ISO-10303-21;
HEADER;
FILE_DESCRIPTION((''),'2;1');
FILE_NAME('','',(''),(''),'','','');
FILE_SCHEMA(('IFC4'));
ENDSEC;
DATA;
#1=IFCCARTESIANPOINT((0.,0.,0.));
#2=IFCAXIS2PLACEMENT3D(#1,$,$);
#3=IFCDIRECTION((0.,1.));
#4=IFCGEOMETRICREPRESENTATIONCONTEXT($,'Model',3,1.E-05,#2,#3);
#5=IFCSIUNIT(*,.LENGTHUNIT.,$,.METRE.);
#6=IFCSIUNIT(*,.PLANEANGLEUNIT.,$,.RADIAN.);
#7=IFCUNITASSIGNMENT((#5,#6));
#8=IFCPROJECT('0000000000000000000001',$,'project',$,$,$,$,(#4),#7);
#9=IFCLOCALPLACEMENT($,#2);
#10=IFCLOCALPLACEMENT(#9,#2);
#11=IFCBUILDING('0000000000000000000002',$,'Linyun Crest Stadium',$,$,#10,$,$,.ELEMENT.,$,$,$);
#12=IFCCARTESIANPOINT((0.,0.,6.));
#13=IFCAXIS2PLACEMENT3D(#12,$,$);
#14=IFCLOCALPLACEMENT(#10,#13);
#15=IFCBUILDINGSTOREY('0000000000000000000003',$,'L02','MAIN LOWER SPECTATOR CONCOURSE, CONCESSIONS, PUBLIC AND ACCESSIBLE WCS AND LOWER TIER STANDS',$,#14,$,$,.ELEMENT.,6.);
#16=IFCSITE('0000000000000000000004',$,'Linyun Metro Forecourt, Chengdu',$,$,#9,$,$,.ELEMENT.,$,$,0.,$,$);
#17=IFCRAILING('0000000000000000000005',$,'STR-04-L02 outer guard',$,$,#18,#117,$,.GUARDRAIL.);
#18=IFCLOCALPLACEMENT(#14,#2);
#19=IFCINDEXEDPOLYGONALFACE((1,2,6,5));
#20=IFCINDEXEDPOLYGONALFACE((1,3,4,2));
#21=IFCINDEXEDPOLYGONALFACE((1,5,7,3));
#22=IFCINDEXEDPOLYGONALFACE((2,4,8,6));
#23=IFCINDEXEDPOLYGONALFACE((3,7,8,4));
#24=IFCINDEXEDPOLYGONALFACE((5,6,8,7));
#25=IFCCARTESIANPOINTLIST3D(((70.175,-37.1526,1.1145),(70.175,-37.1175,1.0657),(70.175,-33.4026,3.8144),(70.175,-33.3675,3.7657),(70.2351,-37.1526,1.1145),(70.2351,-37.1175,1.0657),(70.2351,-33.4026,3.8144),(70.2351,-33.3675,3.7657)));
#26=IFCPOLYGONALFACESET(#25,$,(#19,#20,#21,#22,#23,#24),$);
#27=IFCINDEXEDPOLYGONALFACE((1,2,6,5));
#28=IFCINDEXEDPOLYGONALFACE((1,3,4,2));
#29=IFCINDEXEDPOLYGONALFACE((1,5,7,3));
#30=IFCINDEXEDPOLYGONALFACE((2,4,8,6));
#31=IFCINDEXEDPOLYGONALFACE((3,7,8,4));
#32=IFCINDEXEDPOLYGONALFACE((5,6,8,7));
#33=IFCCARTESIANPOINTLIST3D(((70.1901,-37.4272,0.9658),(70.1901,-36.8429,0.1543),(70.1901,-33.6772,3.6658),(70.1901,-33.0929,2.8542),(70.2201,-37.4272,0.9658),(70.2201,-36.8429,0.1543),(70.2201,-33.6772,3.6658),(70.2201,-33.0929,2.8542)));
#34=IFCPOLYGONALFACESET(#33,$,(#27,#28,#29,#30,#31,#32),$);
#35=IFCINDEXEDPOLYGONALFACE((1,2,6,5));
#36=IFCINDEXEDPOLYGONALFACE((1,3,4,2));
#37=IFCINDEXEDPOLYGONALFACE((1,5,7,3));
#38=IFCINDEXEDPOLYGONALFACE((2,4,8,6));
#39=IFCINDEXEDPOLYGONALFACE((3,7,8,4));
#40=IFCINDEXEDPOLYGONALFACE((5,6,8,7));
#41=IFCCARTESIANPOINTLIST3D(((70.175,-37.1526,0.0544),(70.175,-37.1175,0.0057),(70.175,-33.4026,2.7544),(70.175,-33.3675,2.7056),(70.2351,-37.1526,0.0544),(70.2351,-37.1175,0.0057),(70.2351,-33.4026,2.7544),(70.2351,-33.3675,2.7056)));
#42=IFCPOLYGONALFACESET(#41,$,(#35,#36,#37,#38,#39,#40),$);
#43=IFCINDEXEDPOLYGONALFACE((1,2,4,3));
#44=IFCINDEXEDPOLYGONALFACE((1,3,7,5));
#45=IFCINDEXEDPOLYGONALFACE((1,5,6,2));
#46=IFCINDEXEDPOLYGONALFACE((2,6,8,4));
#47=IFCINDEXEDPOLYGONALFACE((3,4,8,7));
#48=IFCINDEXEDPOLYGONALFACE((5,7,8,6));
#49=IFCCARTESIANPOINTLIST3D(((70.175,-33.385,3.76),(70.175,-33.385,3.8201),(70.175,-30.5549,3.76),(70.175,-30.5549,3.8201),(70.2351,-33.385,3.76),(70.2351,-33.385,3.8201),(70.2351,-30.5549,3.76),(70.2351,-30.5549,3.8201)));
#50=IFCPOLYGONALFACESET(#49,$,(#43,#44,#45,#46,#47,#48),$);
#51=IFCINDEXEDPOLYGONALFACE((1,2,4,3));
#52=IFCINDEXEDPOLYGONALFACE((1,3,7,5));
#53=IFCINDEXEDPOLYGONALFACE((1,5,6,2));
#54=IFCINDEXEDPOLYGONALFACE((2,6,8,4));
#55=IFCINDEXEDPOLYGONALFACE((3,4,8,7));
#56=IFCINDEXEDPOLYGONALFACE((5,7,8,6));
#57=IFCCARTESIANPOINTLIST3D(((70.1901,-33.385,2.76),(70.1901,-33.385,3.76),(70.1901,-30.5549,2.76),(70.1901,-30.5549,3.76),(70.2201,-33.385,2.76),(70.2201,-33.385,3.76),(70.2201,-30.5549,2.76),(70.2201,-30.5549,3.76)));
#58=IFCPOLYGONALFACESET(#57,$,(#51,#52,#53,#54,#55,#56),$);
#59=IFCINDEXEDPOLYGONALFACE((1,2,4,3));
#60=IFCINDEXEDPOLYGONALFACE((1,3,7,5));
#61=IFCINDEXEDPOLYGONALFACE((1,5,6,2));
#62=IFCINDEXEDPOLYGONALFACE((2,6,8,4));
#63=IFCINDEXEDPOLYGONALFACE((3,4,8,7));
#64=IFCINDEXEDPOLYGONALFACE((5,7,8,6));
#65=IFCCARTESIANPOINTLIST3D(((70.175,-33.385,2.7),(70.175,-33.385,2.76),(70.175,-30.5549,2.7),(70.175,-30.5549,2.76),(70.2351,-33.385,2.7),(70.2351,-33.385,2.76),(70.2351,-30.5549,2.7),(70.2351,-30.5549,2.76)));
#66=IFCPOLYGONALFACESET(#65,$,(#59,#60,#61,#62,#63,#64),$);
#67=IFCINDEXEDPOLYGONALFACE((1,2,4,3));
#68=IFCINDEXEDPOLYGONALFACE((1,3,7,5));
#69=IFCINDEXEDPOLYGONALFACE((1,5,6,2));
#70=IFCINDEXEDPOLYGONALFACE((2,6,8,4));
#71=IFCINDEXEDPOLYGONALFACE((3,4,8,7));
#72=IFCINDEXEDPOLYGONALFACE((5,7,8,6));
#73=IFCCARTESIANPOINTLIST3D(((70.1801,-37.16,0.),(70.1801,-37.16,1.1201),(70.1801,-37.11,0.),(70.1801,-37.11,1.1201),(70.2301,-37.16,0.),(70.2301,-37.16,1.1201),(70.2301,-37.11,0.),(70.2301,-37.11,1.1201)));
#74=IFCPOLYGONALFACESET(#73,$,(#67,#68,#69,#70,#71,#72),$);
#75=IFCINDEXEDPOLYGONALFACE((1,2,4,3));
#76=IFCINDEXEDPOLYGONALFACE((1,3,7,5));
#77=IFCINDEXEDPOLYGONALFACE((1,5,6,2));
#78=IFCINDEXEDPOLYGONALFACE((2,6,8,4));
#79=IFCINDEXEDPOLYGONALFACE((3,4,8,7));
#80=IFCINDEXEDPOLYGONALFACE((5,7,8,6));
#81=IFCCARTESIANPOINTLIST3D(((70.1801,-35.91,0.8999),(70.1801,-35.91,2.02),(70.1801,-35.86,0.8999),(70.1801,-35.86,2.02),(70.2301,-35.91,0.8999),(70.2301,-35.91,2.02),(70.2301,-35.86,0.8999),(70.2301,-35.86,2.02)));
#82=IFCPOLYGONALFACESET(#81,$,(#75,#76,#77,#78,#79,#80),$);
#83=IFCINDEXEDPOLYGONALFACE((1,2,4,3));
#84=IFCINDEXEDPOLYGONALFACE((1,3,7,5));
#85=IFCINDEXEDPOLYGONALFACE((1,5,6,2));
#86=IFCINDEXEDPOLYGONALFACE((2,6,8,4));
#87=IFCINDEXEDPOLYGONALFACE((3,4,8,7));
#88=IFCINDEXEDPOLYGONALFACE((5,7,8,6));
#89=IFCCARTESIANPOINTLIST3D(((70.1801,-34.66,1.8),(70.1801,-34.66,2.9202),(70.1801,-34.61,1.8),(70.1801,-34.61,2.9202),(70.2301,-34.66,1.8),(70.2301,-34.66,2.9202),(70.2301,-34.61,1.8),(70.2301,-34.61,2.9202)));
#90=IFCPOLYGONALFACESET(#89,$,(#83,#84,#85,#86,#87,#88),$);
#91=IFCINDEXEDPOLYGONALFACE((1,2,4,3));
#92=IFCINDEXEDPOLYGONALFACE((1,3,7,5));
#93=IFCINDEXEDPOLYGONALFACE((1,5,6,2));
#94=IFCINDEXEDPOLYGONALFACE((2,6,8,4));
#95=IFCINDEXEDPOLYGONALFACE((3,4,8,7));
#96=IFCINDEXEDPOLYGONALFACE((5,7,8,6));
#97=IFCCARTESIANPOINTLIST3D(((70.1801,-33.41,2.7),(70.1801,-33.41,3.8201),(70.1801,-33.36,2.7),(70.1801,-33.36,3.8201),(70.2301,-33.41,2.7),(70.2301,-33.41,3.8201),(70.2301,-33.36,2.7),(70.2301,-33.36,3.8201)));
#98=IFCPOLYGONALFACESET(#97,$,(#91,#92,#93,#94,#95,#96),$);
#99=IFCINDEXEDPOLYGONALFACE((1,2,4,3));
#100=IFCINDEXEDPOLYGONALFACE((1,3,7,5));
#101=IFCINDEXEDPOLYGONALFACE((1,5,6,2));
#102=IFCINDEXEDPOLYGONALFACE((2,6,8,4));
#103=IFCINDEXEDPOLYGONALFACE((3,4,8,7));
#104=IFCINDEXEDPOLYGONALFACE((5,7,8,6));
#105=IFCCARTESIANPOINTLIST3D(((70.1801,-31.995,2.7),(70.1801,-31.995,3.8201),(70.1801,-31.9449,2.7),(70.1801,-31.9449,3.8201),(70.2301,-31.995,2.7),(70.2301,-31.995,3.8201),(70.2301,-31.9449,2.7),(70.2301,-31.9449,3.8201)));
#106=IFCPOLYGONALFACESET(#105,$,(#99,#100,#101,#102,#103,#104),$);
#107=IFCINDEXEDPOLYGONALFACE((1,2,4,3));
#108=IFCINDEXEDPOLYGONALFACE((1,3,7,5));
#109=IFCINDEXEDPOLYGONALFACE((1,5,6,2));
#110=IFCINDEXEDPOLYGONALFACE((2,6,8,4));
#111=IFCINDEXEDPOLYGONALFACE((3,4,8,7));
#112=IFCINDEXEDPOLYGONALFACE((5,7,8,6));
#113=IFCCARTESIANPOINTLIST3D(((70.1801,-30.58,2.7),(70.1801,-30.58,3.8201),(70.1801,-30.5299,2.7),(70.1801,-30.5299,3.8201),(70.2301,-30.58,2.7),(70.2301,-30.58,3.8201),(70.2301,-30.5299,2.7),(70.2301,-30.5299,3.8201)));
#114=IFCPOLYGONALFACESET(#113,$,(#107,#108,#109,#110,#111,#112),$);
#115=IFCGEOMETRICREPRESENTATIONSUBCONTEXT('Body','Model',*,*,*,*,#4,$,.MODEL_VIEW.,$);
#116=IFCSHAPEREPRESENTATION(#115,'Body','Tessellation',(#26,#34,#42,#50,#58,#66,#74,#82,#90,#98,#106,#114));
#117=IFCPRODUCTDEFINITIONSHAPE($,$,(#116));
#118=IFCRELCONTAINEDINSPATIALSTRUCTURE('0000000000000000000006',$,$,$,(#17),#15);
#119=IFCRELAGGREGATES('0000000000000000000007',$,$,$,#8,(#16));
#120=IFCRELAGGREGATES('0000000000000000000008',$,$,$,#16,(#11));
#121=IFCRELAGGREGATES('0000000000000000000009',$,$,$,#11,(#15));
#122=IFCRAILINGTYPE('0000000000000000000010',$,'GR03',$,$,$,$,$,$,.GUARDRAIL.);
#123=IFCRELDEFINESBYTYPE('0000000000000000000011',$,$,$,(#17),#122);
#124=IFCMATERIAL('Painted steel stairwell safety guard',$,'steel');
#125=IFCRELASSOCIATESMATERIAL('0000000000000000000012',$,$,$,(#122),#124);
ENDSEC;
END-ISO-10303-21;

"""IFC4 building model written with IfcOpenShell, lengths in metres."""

from ifc_helpers import new_model, si_unit, direction, frame, origin, origin_2d, place, context, subcontext, project, spatial, rectangle, extrude, material, type_object, element, save


model = new_model("IFC4")

# Units and contexts
model_context = context("Model", 3, precision=1e-05, world=origin(), true_north=direction((0.0, 1.0)))
body_context = subcontext(model_context, "Body", "Model", "MODEL_VIEW")
ifc_project = project(units=[si_unit("LENGTHUNIT", "METRE"), si_unit("PLANEANGLEUNIT", "RADIAN")], contexts=[model_context])

# Site, building, storey
site_placement = place(None, origin())
site = spatial("IfcSite", under=ifc_project, at=site_placement, Name="Linyun Metro Forecourt, Chengdu", CompositionType="ELEMENT", RefElevation=0.0)
building_placement = place(site_placement, origin())
building = spatial("IfcBuilding", under=site, at=building_placement, Name="Linyun Crest Stadium", CompositionType="ELEMENT")
storey_placement = place(building_placement, frame((0.0, 0.0, 6.0)))
storey = spatial("IfcBuildingStorey", under=building, at=storey_placement, Name="L02", Description="MAIN LOWER SPECTATOR CONCOURSE, CONCESSIONS, PUBLIC AND ACCESSIBLE WCS AND LOWER TIER STANDS", CompositionType="ELEMENT", Elevation=6.0)

# Railing
ifc_material_1 = material(Name="Painted steel stairwell safety guard", Category="steel")
railing_type_1 = type_object("IfcRailingType", Name="GR03", PredefinedType="GUARDRAIL", material=ifc_material_1)
railing_1_placement = place(storey_placement, frame((70.2051, -37.135, 0.0)))
element("IfcRailing", 1, at=railing_1_placement, inside=storey, type_object=railing_type_1, Name="STR-04-L02 outer guard", PredefinedType="GUARDRAIL", context=body_context, shape_type="SweptSolid", body=[
    extrude(rectangle(XDim=0.0601, YDim=0.0601, at=origin_2d()), frame((0.0, 0.0, 1.0901), z_axis=(0.0, 0.811539, 0.584298), x_axis=(-1.0, 0.0, 0.0)), (0.0, 0.0, 1.0), 4.6208),
    extrude(rectangle(XDim=0.03, YDim=1.0, at=origin_2d()), frame((0.0, 0.0, 0.5601), z_axis=(0.0, 0.811539, 0.584298), x_axis=(-1.0, 0.0, 0.0)), (0.0, 0.0, 1.0), 4.6208),
    extrude(rectangle(XDim=0.0601, YDim=0.0601, at=origin_2d()), frame((0.0, 0.0, 0.03), z_axis=(0.0, 0.811539, 0.584298), x_axis=(-1.0, 0.0, 0.0)), (0.0, 0.0, 1.0), 4.6208),
    extrude(rectangle(XDim=0.0601, YDim=0.0601, at=origin_2d()), frame((0.0, 3.75, 3.79), z_axis=(0.0, 1.0, 0.0), x_axis=(-1.0, 0.0, 0.0)), (0.0, 0.0, 1.0), 2.8301),
    extrude(rectangle(XDim=0.03, YDim=1.0, at=origin_2d()), frame((0.0, 3.75, 3.26), z_axis=(0.0, 1.0, 0.0), x_axis=(-1.0, 0.0, 0.0)), (0.0, 0.0, 1.0), 2.8301),
    extrude(rectangle(XDim=0.0601, YDim=0.0601, at=origin_2d()), frame((0.0, 3.75, 2.73), z_axis=(0.0, 1.0, 0.0), x_axis=(-1.0, 0.0, 0.0)), (0.0, 0.0, 1.0), 2.8301),
    extrude(rectangle(XDim=0.05, YDim=0.05, at=origin_2d()), origin(), (0.0, 0.0, 1.0), 1.1201),
    extrude(rectangle(XDim=0.05, YDim=0.05, at=origin_2d()), frame((0.0, 1.25, 0.8999)), (0.0, 0.0, 1.0), 1.1201),
    extrude(rectangle(XDim=0.05, YDim=0.05, at=origin_2d()), frame((0.0, 2.5, 1.8)), (0.0, 0.0, 1.0), 1.1201),
    extrude(rectangle(XDim=0.05, YDim=0.05, at=origin_2d()), frame((0.0, 3.75, 2.7)), (0.0, 0.0, 1.0), 1.1201),
    extrude(rectangle(XDim=0.05, YDim=0.05, at=origin_2d()), frame((0.0, 5.165, 2.7)), (0.0, 0.0, 1.0), 1.1201),
    extrude(rectangle(XDim=0.05, YDim=0.05, at=origin_2d()), frame((0.0, 6.5801, 2.7)), (0.0, 0.0, 1.0), 1.1201),
])

save(model, "model.ifc")
